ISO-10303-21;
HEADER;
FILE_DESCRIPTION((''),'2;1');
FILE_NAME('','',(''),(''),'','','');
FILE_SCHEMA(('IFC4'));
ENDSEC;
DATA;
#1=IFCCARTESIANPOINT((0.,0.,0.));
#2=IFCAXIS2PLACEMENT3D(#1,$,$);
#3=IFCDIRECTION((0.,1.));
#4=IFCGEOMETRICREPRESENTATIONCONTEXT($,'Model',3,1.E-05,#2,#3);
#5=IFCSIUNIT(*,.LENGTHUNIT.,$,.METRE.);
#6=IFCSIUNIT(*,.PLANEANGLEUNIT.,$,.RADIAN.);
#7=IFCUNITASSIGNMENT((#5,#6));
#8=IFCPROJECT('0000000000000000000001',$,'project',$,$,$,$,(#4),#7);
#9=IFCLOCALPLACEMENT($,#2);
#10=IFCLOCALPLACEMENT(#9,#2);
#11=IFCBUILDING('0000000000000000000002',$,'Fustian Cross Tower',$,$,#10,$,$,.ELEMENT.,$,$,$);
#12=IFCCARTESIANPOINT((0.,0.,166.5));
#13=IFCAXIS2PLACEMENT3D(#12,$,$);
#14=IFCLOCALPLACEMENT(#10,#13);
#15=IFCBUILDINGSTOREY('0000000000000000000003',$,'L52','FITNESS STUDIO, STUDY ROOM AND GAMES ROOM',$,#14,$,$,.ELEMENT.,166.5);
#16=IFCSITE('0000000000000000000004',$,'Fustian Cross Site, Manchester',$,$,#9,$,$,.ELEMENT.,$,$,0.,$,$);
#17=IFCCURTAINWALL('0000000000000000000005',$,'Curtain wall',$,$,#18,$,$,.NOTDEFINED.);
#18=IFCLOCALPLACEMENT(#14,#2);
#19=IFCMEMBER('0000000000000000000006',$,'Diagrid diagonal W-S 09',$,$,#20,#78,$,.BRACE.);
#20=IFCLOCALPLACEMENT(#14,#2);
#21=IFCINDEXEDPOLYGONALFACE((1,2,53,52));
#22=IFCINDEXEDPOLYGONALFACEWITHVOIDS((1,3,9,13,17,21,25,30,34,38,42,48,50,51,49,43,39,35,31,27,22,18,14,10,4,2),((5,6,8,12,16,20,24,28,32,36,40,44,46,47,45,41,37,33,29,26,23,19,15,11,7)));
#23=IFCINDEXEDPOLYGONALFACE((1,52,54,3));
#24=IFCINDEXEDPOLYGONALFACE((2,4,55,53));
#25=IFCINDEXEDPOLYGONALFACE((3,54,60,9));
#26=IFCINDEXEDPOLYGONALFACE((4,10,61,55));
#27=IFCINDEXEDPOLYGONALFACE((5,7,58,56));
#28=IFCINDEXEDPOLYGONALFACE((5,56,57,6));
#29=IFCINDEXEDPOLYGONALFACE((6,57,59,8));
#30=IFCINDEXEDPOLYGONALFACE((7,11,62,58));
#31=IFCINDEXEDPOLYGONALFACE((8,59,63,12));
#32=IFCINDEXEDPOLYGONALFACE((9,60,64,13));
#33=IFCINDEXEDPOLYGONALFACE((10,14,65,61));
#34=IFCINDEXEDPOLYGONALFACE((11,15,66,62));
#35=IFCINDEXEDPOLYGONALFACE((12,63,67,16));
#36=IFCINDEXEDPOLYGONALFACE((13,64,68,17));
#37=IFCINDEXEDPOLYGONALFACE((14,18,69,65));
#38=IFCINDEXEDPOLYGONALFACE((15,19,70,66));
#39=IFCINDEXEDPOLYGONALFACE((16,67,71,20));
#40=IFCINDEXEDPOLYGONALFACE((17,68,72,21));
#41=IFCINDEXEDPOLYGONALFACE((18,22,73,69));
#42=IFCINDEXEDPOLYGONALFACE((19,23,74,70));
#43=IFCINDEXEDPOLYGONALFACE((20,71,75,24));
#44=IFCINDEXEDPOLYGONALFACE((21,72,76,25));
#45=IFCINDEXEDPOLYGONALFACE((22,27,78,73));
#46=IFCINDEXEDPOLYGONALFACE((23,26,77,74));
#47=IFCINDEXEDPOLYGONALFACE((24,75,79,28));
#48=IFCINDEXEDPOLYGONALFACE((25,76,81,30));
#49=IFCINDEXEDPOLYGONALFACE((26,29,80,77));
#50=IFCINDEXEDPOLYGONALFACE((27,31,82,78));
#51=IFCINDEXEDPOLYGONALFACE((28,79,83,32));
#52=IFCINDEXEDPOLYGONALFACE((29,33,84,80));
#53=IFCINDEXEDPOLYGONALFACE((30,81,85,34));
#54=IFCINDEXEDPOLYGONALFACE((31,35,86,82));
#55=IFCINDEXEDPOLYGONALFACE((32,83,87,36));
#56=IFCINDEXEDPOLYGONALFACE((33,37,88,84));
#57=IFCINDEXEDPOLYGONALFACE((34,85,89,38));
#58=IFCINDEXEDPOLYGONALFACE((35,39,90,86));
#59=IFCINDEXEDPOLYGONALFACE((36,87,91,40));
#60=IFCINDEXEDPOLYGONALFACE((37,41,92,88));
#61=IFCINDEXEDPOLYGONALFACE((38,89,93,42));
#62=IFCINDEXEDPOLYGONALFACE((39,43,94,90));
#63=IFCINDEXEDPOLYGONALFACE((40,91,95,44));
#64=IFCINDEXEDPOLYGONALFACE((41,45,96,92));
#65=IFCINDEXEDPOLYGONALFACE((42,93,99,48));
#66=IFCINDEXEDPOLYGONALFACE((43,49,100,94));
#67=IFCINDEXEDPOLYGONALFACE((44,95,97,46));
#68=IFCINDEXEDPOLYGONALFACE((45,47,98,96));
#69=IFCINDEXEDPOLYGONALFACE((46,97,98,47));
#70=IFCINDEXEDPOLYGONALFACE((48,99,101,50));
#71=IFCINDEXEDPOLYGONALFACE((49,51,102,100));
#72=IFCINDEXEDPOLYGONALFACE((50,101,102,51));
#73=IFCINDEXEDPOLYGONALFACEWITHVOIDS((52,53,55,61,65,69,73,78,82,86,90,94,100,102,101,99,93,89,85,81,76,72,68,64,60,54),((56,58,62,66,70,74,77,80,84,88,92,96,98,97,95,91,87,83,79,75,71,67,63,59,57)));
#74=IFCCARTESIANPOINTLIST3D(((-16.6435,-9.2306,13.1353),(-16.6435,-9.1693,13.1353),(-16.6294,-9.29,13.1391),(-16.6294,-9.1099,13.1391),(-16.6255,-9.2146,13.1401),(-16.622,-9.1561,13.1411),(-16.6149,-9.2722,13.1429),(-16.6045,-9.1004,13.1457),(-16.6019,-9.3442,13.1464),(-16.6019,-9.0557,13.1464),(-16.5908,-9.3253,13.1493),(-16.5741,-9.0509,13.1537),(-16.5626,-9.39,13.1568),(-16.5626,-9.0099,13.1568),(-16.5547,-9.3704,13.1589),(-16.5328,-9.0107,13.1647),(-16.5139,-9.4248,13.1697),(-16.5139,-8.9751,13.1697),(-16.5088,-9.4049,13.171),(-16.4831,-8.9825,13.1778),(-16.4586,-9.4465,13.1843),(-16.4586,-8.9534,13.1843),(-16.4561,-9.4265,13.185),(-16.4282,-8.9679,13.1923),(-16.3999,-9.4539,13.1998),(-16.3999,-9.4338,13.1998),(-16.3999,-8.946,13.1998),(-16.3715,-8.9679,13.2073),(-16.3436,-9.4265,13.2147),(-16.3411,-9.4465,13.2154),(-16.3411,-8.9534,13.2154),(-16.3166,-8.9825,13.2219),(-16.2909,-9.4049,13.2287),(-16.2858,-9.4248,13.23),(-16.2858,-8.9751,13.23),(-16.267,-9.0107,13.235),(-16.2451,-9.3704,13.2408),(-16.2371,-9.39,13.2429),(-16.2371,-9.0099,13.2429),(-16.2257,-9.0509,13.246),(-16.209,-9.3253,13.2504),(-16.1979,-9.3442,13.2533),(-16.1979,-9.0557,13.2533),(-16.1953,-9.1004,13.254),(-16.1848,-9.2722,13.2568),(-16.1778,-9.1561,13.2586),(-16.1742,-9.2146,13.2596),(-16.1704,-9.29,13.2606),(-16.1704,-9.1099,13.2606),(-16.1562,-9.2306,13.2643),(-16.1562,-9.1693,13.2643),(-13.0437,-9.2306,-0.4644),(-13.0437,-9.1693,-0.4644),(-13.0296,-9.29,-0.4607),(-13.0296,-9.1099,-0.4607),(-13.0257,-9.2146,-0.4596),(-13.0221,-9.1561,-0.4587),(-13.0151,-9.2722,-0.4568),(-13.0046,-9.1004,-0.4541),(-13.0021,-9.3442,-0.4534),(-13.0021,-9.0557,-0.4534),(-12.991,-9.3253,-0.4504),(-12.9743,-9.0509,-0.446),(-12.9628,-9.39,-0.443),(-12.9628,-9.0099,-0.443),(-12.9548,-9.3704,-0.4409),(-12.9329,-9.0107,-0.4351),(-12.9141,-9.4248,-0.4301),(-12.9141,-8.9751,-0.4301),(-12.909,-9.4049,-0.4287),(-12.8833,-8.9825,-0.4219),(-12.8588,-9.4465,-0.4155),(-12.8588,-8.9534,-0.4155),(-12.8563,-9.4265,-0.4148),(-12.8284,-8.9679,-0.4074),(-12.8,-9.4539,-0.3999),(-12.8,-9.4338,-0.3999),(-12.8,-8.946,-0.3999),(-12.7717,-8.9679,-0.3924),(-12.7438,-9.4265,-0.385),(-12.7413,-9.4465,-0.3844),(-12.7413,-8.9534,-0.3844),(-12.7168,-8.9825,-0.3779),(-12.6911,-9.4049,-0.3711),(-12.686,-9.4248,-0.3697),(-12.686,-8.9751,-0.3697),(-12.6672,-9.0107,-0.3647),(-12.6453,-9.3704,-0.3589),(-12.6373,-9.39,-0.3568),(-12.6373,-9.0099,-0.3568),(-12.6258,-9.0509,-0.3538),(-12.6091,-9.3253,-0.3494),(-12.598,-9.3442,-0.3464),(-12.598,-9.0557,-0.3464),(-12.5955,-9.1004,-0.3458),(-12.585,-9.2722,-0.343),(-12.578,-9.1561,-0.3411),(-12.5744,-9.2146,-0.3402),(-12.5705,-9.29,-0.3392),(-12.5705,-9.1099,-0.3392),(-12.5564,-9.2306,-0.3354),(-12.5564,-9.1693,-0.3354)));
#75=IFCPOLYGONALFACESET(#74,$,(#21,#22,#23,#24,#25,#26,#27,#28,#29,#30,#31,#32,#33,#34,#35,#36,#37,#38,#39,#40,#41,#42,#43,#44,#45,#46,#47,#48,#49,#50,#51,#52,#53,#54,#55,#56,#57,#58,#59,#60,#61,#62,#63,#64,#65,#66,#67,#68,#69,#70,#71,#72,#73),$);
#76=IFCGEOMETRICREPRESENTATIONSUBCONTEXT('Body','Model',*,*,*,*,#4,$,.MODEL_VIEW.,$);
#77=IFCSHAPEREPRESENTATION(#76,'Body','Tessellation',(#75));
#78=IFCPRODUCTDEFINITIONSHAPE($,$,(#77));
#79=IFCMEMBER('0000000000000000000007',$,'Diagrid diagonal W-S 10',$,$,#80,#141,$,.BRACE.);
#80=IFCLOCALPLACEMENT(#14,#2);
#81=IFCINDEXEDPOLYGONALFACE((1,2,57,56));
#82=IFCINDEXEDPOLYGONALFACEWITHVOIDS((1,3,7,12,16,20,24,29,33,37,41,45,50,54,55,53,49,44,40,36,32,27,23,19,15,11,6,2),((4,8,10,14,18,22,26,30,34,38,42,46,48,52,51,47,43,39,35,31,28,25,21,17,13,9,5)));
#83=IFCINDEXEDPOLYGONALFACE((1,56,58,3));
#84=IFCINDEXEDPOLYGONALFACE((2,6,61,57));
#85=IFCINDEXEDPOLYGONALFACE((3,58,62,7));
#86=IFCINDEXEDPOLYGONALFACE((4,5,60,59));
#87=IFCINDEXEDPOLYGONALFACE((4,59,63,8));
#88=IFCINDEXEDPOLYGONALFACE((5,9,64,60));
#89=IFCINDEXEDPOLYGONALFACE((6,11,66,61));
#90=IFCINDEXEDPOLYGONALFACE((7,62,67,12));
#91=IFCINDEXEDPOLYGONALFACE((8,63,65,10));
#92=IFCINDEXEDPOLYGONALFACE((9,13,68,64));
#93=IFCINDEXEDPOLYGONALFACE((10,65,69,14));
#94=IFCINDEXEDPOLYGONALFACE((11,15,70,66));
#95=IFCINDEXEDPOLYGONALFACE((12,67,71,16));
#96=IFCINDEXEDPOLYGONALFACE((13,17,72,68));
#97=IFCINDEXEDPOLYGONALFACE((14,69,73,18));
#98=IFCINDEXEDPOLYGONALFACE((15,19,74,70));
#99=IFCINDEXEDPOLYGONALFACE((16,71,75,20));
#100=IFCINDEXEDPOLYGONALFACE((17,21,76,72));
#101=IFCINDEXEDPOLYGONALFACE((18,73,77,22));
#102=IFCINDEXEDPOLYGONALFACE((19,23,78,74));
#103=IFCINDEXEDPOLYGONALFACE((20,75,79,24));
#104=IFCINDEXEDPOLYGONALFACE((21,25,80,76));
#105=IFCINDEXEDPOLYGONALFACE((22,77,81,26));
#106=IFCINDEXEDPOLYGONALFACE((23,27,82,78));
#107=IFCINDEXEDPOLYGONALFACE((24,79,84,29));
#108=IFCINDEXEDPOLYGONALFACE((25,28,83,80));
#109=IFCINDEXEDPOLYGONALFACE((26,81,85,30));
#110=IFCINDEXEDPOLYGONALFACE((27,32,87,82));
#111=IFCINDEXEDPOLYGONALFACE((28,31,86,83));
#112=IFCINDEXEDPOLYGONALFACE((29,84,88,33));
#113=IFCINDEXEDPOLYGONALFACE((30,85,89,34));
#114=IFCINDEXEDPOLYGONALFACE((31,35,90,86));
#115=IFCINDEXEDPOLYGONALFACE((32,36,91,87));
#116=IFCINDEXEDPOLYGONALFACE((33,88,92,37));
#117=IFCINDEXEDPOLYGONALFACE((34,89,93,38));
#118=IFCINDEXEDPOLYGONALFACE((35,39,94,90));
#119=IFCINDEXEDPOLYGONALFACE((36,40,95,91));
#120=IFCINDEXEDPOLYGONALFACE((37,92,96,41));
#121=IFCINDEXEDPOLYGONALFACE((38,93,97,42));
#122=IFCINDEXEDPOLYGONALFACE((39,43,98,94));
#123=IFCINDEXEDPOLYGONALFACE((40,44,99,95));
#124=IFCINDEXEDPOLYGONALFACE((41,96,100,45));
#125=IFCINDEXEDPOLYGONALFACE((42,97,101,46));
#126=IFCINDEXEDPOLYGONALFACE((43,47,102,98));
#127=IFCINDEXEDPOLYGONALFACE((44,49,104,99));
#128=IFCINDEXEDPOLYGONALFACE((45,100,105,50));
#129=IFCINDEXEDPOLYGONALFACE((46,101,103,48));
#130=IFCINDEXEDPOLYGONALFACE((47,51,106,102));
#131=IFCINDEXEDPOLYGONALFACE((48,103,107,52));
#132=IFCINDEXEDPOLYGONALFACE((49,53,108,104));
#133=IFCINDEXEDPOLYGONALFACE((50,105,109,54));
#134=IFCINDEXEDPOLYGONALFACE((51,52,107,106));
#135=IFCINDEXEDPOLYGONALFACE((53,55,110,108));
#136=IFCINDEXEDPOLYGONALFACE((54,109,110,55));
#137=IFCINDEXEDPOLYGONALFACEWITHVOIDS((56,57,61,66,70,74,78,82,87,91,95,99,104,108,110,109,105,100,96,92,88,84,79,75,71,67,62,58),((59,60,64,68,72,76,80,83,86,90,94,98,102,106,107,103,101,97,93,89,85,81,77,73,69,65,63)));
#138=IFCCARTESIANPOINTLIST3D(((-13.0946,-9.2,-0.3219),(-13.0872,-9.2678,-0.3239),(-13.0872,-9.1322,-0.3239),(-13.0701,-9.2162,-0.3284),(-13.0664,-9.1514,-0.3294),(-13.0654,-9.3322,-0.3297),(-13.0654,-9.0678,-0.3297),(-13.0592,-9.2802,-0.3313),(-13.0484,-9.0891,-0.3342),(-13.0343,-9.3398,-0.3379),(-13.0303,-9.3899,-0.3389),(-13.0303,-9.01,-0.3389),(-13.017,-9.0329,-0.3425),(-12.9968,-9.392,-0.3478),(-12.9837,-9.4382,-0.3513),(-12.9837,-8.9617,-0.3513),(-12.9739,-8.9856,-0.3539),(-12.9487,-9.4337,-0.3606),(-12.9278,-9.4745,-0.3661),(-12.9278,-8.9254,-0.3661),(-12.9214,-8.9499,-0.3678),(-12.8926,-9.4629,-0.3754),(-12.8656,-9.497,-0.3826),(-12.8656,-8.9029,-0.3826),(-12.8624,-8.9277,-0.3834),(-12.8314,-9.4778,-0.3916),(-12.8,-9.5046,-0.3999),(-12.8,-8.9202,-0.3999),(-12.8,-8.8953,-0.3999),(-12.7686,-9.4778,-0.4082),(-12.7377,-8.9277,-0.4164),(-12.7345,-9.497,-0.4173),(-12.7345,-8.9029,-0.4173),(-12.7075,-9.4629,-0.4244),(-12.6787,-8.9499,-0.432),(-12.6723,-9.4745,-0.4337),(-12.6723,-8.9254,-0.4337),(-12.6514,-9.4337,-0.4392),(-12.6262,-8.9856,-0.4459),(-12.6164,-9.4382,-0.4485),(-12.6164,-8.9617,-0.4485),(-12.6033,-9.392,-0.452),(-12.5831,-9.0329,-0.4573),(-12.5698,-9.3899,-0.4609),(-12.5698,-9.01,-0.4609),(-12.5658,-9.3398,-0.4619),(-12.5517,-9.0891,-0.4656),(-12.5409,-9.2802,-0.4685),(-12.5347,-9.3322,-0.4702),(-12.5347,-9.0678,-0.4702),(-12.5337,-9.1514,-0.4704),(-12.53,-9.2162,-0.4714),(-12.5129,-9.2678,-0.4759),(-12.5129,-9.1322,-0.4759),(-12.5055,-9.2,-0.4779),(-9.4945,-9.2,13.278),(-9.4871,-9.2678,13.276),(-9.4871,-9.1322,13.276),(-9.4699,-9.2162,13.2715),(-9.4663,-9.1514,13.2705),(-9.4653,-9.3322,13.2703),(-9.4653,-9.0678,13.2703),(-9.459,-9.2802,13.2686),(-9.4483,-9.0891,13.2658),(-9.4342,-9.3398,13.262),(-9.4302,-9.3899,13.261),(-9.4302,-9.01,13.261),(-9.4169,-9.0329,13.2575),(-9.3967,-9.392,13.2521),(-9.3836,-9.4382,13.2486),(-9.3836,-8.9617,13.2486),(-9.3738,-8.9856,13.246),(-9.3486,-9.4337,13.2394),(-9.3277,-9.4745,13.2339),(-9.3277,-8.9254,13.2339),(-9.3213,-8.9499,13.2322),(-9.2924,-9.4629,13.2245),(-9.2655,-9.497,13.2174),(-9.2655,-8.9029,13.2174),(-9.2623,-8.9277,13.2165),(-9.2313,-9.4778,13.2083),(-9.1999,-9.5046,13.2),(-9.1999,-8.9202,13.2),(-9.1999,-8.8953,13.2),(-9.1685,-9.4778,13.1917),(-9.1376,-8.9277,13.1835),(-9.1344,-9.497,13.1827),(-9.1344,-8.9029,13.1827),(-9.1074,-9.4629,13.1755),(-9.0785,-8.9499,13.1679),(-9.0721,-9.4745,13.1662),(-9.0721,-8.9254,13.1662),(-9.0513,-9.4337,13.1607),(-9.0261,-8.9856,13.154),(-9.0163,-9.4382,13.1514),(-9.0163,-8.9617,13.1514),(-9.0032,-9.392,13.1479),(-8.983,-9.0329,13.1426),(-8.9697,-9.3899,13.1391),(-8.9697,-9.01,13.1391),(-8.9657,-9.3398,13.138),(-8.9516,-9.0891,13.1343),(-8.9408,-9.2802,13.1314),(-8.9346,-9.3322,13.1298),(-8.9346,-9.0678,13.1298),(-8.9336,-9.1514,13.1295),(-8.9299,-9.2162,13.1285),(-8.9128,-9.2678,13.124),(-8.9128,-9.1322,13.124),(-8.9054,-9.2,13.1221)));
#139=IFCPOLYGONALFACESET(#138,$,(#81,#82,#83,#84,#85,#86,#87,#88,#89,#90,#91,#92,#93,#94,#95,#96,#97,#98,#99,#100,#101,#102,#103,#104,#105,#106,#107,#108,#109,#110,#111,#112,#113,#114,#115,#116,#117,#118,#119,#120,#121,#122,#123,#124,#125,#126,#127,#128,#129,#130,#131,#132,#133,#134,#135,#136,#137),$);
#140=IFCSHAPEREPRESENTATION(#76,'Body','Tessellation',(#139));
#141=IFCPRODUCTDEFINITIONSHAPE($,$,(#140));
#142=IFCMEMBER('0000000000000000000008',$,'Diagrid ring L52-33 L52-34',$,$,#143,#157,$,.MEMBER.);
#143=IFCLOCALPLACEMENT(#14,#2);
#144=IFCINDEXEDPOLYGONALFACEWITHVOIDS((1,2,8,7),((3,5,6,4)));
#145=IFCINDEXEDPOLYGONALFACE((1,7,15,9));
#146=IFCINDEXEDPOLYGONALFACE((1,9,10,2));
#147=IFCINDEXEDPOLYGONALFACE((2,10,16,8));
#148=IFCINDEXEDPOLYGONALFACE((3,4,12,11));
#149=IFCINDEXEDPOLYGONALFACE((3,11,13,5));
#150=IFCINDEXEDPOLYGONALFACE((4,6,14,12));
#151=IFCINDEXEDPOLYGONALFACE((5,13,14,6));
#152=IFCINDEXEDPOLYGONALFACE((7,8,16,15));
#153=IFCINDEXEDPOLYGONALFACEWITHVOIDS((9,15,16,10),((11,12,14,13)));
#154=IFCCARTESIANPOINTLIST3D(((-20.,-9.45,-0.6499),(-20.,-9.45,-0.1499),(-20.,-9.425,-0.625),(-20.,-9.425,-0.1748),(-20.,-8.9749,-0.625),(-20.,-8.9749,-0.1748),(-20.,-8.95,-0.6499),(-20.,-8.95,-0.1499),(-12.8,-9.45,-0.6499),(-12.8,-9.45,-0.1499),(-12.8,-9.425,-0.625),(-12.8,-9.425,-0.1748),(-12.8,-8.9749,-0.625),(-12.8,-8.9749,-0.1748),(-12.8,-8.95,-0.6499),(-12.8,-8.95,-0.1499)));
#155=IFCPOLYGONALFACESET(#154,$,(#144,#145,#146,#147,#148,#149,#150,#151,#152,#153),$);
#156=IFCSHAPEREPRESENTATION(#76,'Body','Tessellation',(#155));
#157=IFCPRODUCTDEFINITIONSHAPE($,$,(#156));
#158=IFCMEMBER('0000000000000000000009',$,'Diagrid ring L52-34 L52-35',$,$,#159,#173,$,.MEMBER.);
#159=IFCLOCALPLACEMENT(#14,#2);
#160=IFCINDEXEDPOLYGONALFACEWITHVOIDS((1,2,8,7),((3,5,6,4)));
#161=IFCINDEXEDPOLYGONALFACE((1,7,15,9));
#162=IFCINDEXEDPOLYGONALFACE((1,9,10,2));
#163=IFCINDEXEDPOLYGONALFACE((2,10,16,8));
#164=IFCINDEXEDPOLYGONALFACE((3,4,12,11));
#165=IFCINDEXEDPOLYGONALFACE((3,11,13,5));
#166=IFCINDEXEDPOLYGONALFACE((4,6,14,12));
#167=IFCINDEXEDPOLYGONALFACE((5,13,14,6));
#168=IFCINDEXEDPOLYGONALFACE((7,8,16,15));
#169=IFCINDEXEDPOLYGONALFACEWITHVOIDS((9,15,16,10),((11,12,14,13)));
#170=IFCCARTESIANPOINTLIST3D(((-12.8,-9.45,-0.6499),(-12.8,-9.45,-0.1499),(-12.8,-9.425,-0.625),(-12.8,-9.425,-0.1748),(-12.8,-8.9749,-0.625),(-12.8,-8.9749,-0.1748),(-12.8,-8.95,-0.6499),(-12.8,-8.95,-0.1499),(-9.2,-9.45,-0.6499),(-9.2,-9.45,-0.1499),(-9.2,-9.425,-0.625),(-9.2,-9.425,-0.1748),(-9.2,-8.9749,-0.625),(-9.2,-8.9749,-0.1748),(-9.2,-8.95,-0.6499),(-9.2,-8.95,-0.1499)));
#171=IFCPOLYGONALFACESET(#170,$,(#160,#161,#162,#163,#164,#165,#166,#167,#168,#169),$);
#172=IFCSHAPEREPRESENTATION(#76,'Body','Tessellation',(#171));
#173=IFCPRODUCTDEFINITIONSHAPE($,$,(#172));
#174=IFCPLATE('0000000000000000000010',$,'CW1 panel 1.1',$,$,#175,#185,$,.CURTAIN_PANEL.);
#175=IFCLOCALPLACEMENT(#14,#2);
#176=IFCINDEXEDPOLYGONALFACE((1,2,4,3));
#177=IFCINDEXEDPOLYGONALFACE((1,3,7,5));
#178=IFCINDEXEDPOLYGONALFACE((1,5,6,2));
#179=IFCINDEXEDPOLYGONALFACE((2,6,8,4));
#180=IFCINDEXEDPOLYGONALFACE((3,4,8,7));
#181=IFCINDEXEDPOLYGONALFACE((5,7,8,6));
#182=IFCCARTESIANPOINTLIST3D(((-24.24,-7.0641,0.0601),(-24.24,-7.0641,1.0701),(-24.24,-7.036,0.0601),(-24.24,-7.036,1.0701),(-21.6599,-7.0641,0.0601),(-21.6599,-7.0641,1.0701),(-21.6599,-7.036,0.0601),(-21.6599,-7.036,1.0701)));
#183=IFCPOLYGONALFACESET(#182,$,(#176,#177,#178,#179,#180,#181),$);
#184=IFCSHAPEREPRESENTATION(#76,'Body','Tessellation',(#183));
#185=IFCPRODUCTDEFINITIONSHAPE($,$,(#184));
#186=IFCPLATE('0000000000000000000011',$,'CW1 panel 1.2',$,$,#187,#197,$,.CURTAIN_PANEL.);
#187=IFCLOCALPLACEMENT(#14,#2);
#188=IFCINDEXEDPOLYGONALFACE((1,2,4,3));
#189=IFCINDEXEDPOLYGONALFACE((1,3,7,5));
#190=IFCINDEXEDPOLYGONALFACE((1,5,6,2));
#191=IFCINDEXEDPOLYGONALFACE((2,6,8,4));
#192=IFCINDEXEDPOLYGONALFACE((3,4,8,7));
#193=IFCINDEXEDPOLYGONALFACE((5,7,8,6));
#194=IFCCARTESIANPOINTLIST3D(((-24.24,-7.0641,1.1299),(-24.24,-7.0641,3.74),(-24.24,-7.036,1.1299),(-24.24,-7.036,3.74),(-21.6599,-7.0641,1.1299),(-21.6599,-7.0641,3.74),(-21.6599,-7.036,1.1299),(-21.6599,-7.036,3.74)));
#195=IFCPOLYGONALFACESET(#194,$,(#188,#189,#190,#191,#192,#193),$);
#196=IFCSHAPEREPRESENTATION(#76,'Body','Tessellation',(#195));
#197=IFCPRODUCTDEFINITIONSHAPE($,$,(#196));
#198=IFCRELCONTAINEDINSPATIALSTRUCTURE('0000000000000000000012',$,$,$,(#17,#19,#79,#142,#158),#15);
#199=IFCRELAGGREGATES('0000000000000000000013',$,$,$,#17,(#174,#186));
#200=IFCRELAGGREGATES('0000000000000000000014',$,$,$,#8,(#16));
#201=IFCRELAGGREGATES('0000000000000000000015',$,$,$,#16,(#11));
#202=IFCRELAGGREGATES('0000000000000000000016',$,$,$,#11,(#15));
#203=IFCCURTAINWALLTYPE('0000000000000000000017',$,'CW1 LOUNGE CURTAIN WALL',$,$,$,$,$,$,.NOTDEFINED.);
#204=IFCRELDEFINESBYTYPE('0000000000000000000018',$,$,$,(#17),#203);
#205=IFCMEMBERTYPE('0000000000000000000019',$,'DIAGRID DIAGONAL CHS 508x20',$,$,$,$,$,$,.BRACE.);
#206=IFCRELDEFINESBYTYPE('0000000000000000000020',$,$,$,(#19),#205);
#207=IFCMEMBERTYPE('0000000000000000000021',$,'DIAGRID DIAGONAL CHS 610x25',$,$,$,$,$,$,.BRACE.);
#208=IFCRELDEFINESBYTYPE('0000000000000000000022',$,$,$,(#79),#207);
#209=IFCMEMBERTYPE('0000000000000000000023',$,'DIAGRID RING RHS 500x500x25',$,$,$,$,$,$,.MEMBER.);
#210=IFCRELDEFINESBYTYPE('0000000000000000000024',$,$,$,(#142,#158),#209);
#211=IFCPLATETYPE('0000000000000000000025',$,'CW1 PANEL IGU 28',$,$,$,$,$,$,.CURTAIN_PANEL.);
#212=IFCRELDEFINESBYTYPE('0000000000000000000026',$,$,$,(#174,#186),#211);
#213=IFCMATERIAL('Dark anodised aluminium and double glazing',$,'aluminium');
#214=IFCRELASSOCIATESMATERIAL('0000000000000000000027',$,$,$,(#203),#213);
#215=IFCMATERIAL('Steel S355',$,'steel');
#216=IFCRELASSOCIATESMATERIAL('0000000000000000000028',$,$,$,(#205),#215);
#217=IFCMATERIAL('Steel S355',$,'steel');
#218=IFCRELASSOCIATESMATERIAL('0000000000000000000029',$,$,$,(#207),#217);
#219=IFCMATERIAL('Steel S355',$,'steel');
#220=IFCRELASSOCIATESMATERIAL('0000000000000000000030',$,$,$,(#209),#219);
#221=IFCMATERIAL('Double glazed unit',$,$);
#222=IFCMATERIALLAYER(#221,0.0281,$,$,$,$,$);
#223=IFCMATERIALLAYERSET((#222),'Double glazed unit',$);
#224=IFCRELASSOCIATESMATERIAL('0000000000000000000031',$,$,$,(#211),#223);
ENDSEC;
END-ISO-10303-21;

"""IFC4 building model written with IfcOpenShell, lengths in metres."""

from ifc_helpers import new_model, si_unit, direction, frame, origin, origin_2d, place, context, subcontext, project, spatial, rectangle, hollow_rectangle, hollow_circle, extrude, material, layer, layer_set, material_profile, profile_set, type_object, element, aggregate, save


model = new_model("IFC4")

# Units and contexts
model_context = context("Model", 3, precision=1e-05, world=origin(), true_north=direction((0.0, 1.0)))
body_context = subcontext(model_context, "Body", "Model", "MODEL_VIEW")
ifc_project = project(units=[si_unit("LENGTHUNIT", "METRE"), si_unit("PLANEANGLEUNIT", "RADIAN")], contexts=[model_context])

# Site, building, storey
site_placement = place(None, origin())
site = spatial("IfcSite", under=ifc_project, at=site_placement, Name="Fustian Cross Site, Manchester", CompositionType="ELEMENT", RefElevation=0.0)
building_placement = place(site_placement, origin())
building = spatial("IfcBuilding", under=site, at=building_placement, Name="Fustian Cross Tower", CompositionType="ELEMENT")
storey_placement = place(building_placement, frame((0.0, 0.0, 166.5)))
storey = spatial("IfcBuildingStorey", under=building, at=storey_placement, Name="L52", Description="FITNESS STUDIO, STUDY ROOM AND GAMES ROOM", CompositionType="ELEMENT", Elevation=166.5)

# Curtain wall
ifc_material_1 = material(Name="Dark anodised aluminium and double glazing", Category="aluminium")
curtain_wall_type = type_object("IfcCurtainWallType", Name="CW1 LOUNGE CURTAIN WALL", PredefinedType="NOTDEFINED", material=ifc_material_1)
curtain_wall_placement = place(storey_placement, origin())
curtain_wall = element("IfcCurtainWall", 1, at=curtain_wall_placement, inside=storey, type_object=curtain_wall_type, Name="Curtain wall", PredefinedType="NOTDEFINED")

# Members
ifc_material_2 = material(Name="Steel S355", Category="steel")
ifc_material_profile_1 = material_profile(ifc_material_2, hollow_circle(Radius=0.2539, WallThickness=0.02, at=origin_2d()), Name="CHS 508x20")
ifc_profile_set_1 = profile_set([ifc_material_profile_1], Name="Steel S355")
member_type_1 = type_object("IfcMemberType", Name="DIAGRID DIAGONAL CHS 508x20", PredefinedType="BRACE", material=ifc_profile_set_1)
member_1_placement = place(storey_placement, frame((-12.8, -9.2, -0.3999), z_axis=(-0.255885, 0.0, 0.966707), x_axis=(0.0, -1.0, 0.0)))
element("IfcMember", 2, at=member_1_placement, inside=storey, type_object=member_type_1, Name="Diagrid diagonal W-S 09", PredefinedType="BRACE", context=body_context, shape_type="SweptSolid", body=[
    extrude(hollow_circle(Radius=0.2539, WallThickness=0.02, at=origin_2d()), origin(), (0.0, 0.0, 1.0), 14.0681),
])
ifc_material_3 = material(Name="Steel S355", Category="steel")
ifc_material_profile_2 = material_profile(ifc_material_3, hollow_circle(Radius=0.3047, WallThickness=0.0249, at=origin_2d()), Name="CHS 610x25")
ifc_profile_set_2 = profile_set([ifc_material_profile_2], Name="Steel S355")
member_type_2 = type_object("IfcMemberType", Name="DIAGRID DIAGONAL CHS 610x25", PredefinedType="BRACE", material=ifc_profile_set_2)
member_2_placement = place(storey_placement, frame((-12.8, -9.2, -0.3999), z_axis=(0.255902, 0.0, 0.966703), x_axis=(0.0, 1.0, 0.0)))
element("IfcMember", 3, at=member_2_placement, inside=storey, type_object=member_type_2, Name="Diagrid diagonal W-S 10", PredefinedType="BRACE", context=body_context, shape_type="SweptSolid", body=[
    extrude(hollow_circle(Radius=0.3047, WallThickness=0.0249, at=origin_2d()), origin(), (0.0, 0.0, 1.0), 14.0684),
])
ifc_material_4 = material(Name="Steel S355", Category="steel")
ifc_material_profile_3 = material_profile(ifc_material_4, hollow_rectangle(XDim=0.5, YDim=0.5, WallThickness=0.0249, at=origin_2d()), Name="RHS 500x500x25")
ifc_profile_set_3 = profile_set([ifc_material_profile_3], Name="Steel S355")
member_type_3 = type_object("IfcMemberType", Name="DIAGRID RING RHS 500x500x25", PredefinedType="MEMBER", material=ifc_profile_set_3)
member_3_placement = place(storey_placement, frame((-20.0, -9.2, -0.3999), z_axis=(1.0, 0.0, 0.0), x_axis=(0.0, 1.0, 0.0)))
element("IfcMember", 4, at=member_3_placement, inside=storey, type_object=member_type_3, Name="Diagrid ring L52-33 L52-34", PredefinedType="MEMBER", context=body_context, shape_type="SweptSolid", body=[
    extrude(hollow_rectangle(XDim=0.5, YDim=0.5, WallThickness=0.0249, at=origin_2d()), origin(), (0.0, 0.0, 1.0), 7.2),
])
member_4_placement = place(storey_placement, frame((-12.8, -9.2, -0.3999), z_axis=(1.0, 0.0, 0.0), x_axis=(0.0, 1.0, 0.0)))
element("IfcMember", 5, at=member_4_placement, inside=storey, type_object=member_type_3, Name="Diagrid ring L52-34 L52-35", PredefinedType="MEMBER", context=body_context, shape_type="SweptSolid", body=[
    extrude(hollow_rectangle(XDim=0.5, YDim=0.5, WallThickness=0.0249, at=origin_2d()), origin(), (0.0, 0.0, 1.0), 3.6001),
])

# Plates
ifc_material_5 = material(Name="Double glazed unit")
ifc_layer_1 = layer(ifc_material_5, 0.0281)
ifc_layer_set_1 = layer_set([ifc_layer_1], Name="Double glazed unit")
plate_type = type_object("IfcPlateType", Name="CW1 PANEL IGU 28", PredefinedType="CURTAIN_PANEL", material=ifc_layer_set_1)
plate_1_placement = place(storey_placement, frame((-22.95, -7.05, 0.0601), z_axis=(0.0, 0.0, 1.0), x_axis=(1.0, 0.0, 0.0)))
plate_1 = element("IfcPlate", 6, at=plate_1_placement, type_object=plate_type, Name="CW1 panel 1.1", PredefinedType="CURTAIN_PANEL", context=body_context, shape_type="SweptSolid", body=[
    extrude(rectangle(XDim=2.5801, YDim=0.0281, at=origin_2d()), origin(), (0.0, 0.0, 1.0), 1.01),
])
plate_2_placement = place(storey_placement, frame((-22.95, -7.05, 1.1299), z_axis=(0.0, 0.0, 1.0), x_axis=(1.0, 0.0, 0.0)))
plate_2 = element("IfcPlate", 7, at=plate_2_placement, type_object=plate_type, Name="CW1 panel 1.2", PredefinedType="CURTAIN_PANEL", context=body_context, shape_type="SweptSolid", body=[
    extrude(rectangle(XDim=2.5801, YDim=0.0281, at=origin_2d()), origin(), (0.0, 0.0, 1.0), 2.6101),
])
aggregate(curtain_wall, [plate_1, plate_2])

save(model, "model.ifc")
